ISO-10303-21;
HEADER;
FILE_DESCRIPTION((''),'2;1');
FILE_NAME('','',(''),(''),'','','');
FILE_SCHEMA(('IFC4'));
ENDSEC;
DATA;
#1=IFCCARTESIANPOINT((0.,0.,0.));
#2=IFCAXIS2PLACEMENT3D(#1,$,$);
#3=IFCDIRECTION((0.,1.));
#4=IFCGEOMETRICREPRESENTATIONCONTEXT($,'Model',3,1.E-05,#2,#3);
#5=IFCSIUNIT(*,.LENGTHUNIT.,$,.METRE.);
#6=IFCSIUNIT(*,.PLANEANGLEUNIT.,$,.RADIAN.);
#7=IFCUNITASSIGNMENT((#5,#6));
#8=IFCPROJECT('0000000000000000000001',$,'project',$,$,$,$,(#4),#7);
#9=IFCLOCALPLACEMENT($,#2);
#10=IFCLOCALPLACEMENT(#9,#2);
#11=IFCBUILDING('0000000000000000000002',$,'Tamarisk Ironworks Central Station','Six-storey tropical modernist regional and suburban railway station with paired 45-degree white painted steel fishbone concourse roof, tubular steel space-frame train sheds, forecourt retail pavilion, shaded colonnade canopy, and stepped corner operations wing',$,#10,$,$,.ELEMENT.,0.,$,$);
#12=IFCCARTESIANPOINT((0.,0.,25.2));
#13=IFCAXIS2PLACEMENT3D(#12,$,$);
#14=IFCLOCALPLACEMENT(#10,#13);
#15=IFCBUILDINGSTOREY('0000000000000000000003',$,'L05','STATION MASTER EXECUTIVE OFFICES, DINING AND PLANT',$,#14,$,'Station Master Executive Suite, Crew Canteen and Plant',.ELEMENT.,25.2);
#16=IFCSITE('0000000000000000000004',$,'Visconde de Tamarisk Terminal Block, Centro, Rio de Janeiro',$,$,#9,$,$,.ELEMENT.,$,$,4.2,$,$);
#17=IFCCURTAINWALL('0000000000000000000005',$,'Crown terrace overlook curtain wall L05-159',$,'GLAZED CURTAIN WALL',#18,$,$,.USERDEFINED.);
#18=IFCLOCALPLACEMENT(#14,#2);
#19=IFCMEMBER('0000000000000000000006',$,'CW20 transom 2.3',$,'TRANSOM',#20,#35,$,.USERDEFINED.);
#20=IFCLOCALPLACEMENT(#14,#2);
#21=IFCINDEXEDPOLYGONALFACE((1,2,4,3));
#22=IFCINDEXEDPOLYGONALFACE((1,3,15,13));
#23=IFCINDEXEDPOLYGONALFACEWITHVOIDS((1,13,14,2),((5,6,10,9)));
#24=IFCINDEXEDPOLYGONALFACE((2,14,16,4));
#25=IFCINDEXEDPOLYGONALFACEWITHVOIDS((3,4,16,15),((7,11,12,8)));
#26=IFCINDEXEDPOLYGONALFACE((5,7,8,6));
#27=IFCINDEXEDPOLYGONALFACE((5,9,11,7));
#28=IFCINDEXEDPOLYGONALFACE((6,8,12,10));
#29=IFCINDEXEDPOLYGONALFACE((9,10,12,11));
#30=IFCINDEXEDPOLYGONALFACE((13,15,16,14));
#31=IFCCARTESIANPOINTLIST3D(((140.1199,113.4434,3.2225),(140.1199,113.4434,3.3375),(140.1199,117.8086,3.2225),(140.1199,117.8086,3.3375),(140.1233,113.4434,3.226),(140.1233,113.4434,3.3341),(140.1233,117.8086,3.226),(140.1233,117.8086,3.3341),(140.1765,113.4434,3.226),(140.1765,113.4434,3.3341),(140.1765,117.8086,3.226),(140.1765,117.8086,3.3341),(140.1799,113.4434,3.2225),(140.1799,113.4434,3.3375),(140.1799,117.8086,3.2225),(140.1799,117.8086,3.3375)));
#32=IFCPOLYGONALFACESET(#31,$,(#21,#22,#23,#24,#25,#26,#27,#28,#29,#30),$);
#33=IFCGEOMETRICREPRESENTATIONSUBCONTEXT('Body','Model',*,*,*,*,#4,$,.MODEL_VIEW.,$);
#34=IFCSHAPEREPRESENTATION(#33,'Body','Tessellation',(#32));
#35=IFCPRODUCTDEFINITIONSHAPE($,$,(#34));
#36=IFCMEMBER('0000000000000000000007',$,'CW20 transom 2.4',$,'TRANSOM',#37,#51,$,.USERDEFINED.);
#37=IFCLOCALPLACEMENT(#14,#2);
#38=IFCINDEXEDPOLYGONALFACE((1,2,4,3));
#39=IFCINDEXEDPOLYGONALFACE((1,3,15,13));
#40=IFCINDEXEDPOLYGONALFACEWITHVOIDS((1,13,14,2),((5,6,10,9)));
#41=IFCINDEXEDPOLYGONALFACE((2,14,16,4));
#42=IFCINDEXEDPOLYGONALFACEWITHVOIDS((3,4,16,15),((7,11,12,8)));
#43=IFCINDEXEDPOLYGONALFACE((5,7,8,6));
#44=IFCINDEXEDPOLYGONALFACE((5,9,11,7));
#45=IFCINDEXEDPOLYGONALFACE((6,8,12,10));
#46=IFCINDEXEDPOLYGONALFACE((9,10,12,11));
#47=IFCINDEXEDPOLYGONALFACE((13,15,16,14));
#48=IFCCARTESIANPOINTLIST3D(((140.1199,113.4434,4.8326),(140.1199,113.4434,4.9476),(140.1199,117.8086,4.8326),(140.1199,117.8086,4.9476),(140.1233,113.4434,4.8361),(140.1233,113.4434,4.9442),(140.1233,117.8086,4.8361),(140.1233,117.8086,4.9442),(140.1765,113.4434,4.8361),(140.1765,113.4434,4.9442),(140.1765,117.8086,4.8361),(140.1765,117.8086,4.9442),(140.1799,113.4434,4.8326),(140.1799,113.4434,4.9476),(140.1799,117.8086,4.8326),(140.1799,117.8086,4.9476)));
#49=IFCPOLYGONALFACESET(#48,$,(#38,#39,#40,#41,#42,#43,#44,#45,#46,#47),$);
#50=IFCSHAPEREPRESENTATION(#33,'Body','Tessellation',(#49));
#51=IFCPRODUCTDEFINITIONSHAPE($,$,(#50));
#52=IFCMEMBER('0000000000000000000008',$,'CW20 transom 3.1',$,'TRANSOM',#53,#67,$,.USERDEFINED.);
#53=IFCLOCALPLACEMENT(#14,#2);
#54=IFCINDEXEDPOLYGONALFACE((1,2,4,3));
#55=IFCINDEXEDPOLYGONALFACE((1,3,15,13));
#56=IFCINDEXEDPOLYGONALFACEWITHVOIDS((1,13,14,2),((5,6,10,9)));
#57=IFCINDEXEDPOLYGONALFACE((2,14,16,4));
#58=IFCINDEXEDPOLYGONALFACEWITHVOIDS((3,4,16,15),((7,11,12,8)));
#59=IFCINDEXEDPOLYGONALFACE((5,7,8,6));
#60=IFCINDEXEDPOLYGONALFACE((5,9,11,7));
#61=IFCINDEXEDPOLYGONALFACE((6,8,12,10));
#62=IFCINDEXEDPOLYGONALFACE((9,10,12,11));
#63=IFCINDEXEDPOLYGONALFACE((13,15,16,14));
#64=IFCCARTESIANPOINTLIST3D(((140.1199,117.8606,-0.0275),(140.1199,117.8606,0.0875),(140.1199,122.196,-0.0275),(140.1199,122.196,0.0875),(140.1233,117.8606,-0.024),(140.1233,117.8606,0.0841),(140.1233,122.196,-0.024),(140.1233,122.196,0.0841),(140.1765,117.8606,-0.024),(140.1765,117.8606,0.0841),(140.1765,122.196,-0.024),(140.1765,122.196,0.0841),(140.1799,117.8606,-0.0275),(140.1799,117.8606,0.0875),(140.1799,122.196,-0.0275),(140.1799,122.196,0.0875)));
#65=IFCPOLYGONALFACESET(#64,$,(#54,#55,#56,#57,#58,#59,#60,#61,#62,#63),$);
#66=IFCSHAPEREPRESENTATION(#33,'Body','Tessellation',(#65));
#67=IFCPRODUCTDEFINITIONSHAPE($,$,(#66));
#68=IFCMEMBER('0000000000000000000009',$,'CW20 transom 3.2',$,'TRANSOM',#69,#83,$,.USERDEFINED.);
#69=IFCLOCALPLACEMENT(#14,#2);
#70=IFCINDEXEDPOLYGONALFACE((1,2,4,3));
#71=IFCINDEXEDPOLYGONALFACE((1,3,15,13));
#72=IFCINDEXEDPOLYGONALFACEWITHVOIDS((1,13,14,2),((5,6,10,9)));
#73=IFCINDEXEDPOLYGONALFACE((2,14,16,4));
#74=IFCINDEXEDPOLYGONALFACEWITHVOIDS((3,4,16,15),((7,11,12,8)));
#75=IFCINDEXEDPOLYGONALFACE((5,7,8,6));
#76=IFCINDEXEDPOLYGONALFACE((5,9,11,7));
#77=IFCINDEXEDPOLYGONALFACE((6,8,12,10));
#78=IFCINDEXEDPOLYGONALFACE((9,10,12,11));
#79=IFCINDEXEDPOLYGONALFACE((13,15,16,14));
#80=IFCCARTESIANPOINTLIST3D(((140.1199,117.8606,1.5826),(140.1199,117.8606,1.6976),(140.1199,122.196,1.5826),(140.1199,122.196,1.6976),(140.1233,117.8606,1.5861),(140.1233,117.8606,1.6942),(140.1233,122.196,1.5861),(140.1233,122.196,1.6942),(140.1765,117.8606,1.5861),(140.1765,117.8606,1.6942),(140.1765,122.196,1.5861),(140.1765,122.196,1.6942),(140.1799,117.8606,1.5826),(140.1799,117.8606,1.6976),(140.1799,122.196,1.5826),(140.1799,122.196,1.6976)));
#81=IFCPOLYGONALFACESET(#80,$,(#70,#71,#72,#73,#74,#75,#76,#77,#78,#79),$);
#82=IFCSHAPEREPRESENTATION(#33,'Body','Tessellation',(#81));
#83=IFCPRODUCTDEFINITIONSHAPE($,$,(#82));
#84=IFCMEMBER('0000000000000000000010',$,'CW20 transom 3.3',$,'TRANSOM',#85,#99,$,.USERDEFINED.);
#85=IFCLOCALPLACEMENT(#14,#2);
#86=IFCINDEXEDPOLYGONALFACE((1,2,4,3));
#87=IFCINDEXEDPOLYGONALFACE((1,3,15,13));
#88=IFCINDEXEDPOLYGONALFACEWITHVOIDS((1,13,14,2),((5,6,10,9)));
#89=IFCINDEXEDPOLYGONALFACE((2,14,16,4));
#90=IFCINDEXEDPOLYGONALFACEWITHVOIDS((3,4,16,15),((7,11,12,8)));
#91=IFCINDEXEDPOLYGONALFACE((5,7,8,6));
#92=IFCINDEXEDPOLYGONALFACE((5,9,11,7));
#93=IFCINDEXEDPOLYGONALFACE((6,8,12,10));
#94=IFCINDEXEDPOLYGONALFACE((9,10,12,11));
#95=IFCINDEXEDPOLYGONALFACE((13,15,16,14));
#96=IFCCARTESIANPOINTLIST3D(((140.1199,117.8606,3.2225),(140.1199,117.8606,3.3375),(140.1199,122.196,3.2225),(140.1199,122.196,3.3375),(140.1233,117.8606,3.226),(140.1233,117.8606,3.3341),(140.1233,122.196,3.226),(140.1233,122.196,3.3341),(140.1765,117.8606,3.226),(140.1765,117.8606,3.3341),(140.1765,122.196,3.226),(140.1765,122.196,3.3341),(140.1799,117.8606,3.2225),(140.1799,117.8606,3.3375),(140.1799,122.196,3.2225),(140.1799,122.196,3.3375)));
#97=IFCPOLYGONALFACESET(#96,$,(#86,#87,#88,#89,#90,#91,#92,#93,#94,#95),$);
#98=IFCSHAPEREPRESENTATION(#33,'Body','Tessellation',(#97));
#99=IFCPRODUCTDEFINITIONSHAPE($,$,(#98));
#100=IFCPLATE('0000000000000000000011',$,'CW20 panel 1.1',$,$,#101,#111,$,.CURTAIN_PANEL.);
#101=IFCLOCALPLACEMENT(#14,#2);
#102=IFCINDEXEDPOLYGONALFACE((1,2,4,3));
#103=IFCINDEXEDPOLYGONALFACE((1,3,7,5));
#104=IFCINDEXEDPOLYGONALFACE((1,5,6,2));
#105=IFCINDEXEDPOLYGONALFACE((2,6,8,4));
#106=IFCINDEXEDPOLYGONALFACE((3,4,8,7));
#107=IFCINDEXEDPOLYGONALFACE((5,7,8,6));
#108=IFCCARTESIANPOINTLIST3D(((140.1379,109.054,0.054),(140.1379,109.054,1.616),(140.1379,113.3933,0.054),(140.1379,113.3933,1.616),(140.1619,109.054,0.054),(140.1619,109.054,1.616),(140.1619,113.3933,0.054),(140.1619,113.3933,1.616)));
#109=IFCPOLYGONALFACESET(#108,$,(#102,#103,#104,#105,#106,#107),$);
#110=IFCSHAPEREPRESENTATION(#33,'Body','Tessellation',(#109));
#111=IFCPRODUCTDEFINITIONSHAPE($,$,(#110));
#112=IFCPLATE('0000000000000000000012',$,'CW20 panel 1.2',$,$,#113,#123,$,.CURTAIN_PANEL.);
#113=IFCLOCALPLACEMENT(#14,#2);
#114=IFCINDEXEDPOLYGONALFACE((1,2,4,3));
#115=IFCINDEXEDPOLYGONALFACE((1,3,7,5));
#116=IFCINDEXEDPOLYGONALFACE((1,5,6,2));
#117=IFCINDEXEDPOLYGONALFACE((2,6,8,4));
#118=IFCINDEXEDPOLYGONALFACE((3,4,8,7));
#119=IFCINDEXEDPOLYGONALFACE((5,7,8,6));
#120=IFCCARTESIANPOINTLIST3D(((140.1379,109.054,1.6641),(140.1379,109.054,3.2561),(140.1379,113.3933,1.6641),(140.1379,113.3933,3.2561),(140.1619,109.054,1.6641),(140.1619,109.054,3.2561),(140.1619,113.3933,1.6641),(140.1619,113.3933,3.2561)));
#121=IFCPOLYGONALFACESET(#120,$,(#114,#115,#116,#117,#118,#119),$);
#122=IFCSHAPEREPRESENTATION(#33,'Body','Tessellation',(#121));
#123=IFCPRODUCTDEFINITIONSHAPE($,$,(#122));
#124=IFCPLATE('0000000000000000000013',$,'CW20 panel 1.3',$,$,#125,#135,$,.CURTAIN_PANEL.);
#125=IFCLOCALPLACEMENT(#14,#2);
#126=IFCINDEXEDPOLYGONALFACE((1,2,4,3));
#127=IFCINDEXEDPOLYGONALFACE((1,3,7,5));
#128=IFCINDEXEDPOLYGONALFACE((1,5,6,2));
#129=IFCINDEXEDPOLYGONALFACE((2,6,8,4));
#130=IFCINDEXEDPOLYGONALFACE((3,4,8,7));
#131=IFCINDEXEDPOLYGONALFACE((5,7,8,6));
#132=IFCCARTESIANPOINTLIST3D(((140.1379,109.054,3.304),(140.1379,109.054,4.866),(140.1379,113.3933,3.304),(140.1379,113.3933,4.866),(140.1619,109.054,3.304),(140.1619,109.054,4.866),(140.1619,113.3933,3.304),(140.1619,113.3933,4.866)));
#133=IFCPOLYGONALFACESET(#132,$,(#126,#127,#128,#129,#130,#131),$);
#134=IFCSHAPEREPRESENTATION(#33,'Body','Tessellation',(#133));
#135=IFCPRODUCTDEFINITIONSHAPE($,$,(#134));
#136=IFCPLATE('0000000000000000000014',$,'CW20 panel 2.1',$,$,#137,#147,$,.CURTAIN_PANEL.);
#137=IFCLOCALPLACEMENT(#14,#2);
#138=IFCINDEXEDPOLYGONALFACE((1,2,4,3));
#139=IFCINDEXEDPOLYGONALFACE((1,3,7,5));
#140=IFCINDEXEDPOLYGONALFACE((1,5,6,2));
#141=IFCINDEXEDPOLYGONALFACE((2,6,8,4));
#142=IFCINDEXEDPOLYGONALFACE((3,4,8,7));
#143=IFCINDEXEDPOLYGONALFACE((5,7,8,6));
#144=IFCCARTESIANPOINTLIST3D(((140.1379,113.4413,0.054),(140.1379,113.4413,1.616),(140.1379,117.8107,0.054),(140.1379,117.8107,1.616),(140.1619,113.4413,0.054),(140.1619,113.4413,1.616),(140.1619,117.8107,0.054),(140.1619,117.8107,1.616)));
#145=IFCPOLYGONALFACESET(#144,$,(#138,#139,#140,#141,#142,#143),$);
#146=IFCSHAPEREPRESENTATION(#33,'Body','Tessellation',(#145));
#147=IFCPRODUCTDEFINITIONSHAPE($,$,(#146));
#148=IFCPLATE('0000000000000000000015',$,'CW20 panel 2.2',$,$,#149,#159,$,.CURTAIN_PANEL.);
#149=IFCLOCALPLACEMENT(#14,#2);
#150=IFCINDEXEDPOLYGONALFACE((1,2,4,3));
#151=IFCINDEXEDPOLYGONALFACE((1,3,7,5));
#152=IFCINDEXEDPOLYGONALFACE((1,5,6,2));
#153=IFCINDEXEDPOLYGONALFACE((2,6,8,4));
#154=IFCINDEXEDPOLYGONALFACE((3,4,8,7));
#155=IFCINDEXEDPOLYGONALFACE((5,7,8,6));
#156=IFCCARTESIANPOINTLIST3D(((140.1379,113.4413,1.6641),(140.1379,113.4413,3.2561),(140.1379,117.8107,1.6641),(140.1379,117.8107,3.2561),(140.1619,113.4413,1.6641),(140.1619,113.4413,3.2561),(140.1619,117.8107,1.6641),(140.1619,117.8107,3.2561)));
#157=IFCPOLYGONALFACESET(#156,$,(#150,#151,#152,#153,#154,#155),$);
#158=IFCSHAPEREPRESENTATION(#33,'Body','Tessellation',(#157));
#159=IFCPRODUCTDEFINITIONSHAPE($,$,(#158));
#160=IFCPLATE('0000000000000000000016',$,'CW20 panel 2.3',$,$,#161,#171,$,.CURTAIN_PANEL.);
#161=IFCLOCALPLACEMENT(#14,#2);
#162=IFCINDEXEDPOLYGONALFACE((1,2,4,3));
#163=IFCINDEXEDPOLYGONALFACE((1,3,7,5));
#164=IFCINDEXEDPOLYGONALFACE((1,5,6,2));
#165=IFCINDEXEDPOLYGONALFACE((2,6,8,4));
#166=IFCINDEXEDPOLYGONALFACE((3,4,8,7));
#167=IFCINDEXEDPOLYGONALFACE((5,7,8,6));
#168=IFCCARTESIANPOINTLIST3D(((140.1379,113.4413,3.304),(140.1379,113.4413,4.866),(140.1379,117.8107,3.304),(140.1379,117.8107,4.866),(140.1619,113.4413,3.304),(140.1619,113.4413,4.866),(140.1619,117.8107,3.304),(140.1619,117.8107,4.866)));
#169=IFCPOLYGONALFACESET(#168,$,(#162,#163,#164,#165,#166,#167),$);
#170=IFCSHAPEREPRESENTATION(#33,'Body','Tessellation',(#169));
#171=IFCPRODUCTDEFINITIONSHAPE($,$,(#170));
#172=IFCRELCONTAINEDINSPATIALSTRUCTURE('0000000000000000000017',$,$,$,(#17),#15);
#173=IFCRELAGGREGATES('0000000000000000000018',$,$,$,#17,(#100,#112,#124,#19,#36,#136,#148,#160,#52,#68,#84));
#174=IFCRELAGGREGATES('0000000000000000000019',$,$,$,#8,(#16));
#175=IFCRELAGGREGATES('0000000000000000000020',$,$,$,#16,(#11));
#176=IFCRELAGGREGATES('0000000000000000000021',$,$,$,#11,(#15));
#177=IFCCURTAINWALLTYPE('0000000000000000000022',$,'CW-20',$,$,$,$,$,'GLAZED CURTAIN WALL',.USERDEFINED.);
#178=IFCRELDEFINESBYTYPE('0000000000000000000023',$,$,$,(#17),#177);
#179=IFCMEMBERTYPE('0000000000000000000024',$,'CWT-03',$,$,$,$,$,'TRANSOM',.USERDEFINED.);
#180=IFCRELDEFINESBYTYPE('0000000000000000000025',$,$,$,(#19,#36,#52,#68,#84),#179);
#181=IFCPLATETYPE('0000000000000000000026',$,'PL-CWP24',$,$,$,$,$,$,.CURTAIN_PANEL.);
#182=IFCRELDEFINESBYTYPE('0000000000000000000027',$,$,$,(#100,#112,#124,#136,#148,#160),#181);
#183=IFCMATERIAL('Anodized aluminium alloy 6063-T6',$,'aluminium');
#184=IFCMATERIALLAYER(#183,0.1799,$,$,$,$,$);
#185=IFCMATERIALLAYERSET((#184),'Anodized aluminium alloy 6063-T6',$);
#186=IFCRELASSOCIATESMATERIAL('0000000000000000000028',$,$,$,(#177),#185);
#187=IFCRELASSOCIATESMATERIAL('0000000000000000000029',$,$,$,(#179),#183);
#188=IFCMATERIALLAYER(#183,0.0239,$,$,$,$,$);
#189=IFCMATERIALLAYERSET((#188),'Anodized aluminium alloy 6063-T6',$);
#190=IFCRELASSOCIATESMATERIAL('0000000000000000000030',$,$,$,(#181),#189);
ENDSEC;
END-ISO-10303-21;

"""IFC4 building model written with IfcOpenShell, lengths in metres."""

from ifc_helpers import new_model, si_unit, direction, frame, origin, origin_2d, place, context, subcontext, project, spatial, rectangle, hollow_rectangle, extrude, material, layer, layer_set, material_profile, profile_set, type_object, element, aggregate, save


model = new_model("IFC4")

# Units and contexts
model_context = context("Model", 3, precision=1e-05, world=origin(), true_north=direction((0.0, 1.0)))
body_context = subcontext(model_context, "Body", "Model", "MODEL_VIEW")
ifc_project = project(units=[si_unit("LENGTHUNIT", "METRE"), si_unit("PLANEANGLEUNIT", "RADIAN")], contexts=[model_context])

# Site, building, storey
site_placement = place(None, origin())
site = spatial("IfcSite", under=ifc_project, at=site_placement, Name="Visconde de Tamarisk Terminal Block, Centro, Rio de Janeiro", CompositionType="ELEMENT", RefElevation=4.2)
building_placement = place(site_placement, origin())
building = spatial("IfcBuilding", under=site, at=building_placement, Name="Tamarisk Ironworks Central Station", Description="Six-storey tropical modernist regional and suburban railway station with paired 45-degree white painted steel fishbone concourse roof, tubular steel space-frame train sheds, forecourt retail pavilion, shaded colonnade canopy, and stepped corner operations wing", CompositionType="ELEMENT", ElevationOfRefHeight=0.0)
storey_placement = place(building_placement, frame((0.0, 0.0, 25.2)))
storey = spatial("IfcBuildingStorey", under=building, at=storey_placement, Name="L05", Description="STATION MASTER EXECUTIVE OFFICES, DINING AND PLANT", LongName="Station Master Executive Suite, Crew Canteen and Plant", CompositionType="ELEMENT", Elevation=25.2)

# Shared definitions
ifc_material = material(Name="Anodized aluminium alloy 6063-T6", Category="aluminium")
ifc_layer_1 = layer(ifc_material, 0.1799)
ifc_layer_set_1 = layer_set([ifc_layer_1], Name="Anodized aluminium alloy 6063-T6")
curtain_wall_type = type_object("IfcCurtainWallType", Name="CW-20", ElementType="GLAZED CURTAIN WALL", PredefinedType="USERDEFINED", material=ifc_layer_set_1)

# Curtain wall, members, plates
curtain_wall_1_placement = place(storey_placement, origin())
curtain_wall_1 = element("IfcCurtainWall", 1, at=curtain_wall_1_placement, inside=storey, type_object=curtain_wall_type, Name="Crown terrace overlook curtain wall L05-159", ObjectType="GLAZED CURTAIN WALL", PredefinedType="USERDEFINED")
ifc_material_profile_1 = material_profile(ifc_material, hollow_rectangle(XDim=0.0601, YDim=0.115, WallThickness=0.0034, at=origin_2d()), Name="ALUM 115x60")
ifc_profile_set_1 = profile_set([ifc_material_profile_1], Name="Anodized aluminium alloy 6063-T6")
member_type_1 = type_object("IfcMemberType", Name="CWT-03", ElementType="TRANSOM", PredefinedType="USERDEFINED", material=ifc_profile_set_1)
member_1_placement = place(storey_placement, frame((140.1499, 113.4434, 3.28), z_axis=(0.0, 1.0, 0.0), x_axis=(-1.0, 0.0, 0.0)))
member_1 = element("IfcMember", 2, at=member_1_placement, type_object=member_type_1, Name="CW20 transom 2.3", ObjectType="TRANSOM", PredefinedType="USERDEFINED", context=body_context, shape_type="SweptSolid", body=[
    extrude(hollow_rectangle(XDim=0.0601, YDim=0.115, WallThickness=0.0034, at=origin_2d()), origin(), (0.0, 0.0, 1.0), 4.3652),
])
member_2_placement = place(storey_placement, frame((140.1499, 113.4434, 4.8901), z_axis=(0.0, 1.0, 0.0), x_axis=(-1.0, 0.0, 0.0)))
member_2 = element("IfcMember", 3, at=member_2_placement, type_object=member_type_1, Name="CW20 transom 2.4", ObjectType="TRANSOM", PredefinedType="USERDEFINED", context=body_context, shape_type="SweptSolid", body=[
    extrude(hollow_rectangle(XDim=0.0601, YDim=0.115, WallThickness=0.0034, at=origin_2d()), origin(), (0.0, 0.0, 1.0), 4.3652),
])
member_3_placement = place(storey_placement, frame((140.1499, 117.8606, 0.03), z_axis=(0.0, 1.0, 0.0), x_axis=(-1.0, 0.0, 0.0)))
member_3 = element("IfcMember", 4, at=member_3_placement, type_object=member_type_1, Name="CW20 transom 3.1", ObjectType="TRANSOM", PredefinedType="USERDEFINED", context=body_context, shape_type="SweptSolid", body=[
    extrude(hollow_rectangle(XDim=0.0601, YDim=0.115, WallThickness=0.0034, at=origin_2d()), origin(), (0.0, 0.0, 1.0), 4.3354),
])
member_4_placement = place(storey_placement, frame((140.1499, 117.8606, 1.6401), z_axis=(0.0, 1.0, 0.0), x_axis=(-1.0, 0.0, 0.0)))
member_4 = element("IfcMember", 5, at=member_4_placement, type_object=member_type_1, Name="CW20 transom 3.2", ObjectType="TRANSOM", PredefinedType="USERDEFINED", context=body_context, shape_type="SweptSolid", body=[
    extrude(hollow_rectangle(XDim=0.0601, YDim=0.115, WallThickness=0.0034, at=origin_2d()), origin(), (0.0, 0.0, 1.0), 4.3354),
])
member_5_placement = place(storey_placement, frame((140.1499, 117.8606, 3.28), z_axis=(0.0, 1.0, 0.0), x_axis=(-1.0, 0.0, 0.0)))
member_5 = element("IfcMember", 6, at=member_5_placement, type_object=member_type_1, Name="CW20 transom 3.3", ObjectType="TRANSOM", PredefinedType="USERDEFINED", context=body_context, shape_type="SweptSolid", body=[
    extrude(hollow_rectangle(XDim=0.0601, YDim=0.115, WallThickness=0.0034, at=origin_2d()), origin(), (0.0, 0.0, 1.0), 4.3354),
])
ifc_layer_2 = layer(ifc_material, 0.0239)
ifc_layer_set_2 = layer_set([ifc_layer_2], Name="Anodized aluminium alloy 6063-T6")
plate_type = type_object("IfcPlateType", Name="PL-CWP24", PredefinedType="CURTAIN_PANEL", material=ifc_layer_set_2)
plate_1_placement = place(storey_placement, frame((140.1499, 111.2236, 0.054), z_axis=(0.0, 0.0, 1.0), x_axis=(0.0, 1.0, 0.0)))
plate_1 = element("IfcPlate", 7, at=plate_1_placement, type_object=plate_type, Name="CW20 panel 1.1", PredefinedType="CURTAIN_PANEL", context=body_context, shape_type="SweptSolid", body=[
    extrude(rectangle(XDim=4.3394, YDim=0.0239, at=origin_2d()), origin(), (0.0, 0.0, 1.0), 1.562),
])
plate_2_placement = place(storey_placement, frame((140.1499, 111.2236, 1.6641), z_axis=(0.0, 0.0, 1.0), x_axis=(0.0, 1.0, 0.0)))
plate_2 = element("IfcPlate", 8, at=plate_2_placement, type_object=plate_type, Name="CW20 panel 1.2", PredefinedType="CURTAIN_PANEL", context=body_context, shape_type="SweptSolid", body=[
    extrude(rectangle(XDim=4.3394, YDim=0.0239, at=origin_2d()), origin(), (0.0, 0.0, 1.0), 1.592),
])
plate_3_placement = place(storey_placement, frame((140.1499, 111.2236, 3.304), z_axis=(0.0, 0.0, 1.0), x_axis=(0.0, 1.0, 0.0)))
plate_3 = element("IfcPlate", 9, at=plate_3_placement, type_object=plate_type, Name="CW20 panel 1.3", PredefinedType="CURTAIN_PANEL", context=body_context, shape_type="SweptSolid", body=[
    extrude(rectangle(XDim=4.3394, YDim=0.0239, at=origin_2d()), origin(), (0.0, 0.0, 1.0), 1.562),
])
plate_4_placement = place(storey_placement, frame((140.1499, 115.626, 0.054), z_axis=(0.0, 0.0, 1.0), x_axis=(0.0, 1.0, 0.0)))
plate_4 = element("IfcPlate", 10, at=plate_4_placement, type_object=plate_type, Name="CW20 panel 2.1", PredefinedType="CURTAIN_PANEL", context=body_context, shape_type="SweptSolid", body=[
    extrude(rectangle(XDim=4.3694, YDim=0.0239, at=origin_2d()), origin(), (0.0, 0.0, 1.0), 1.562),
])
plate_5_placement = place(storey_placement, frame((140.1499, 115.626, 1.6641), z_axis=(0.0, 0.0, 1.0), x_axis=(0.0, 1.0, 0.0)))
plate_5 = element("IfcPlate", 11, at=plate_5_placement, type_object=plate_type, Name="CW20 panel 2.2", PredefinedType="CURTAIN_PANEL", context=body_context, shape_type="SweptSolid", body=[
    extrude(rectangle(XDim=4.3694, YDim=0.0239, at=origin_2d()), origin(), (0.0, 0.0, 1.0), 1.592),
])
plate_6_placement = place(storey_placement, frame((140.1499, 115.626, 3.304), z_axis=(0.0, 0.0, 1.0), x_axis=(0.0, 1.0, 0.0)))
plate_6 = element("IfcPlate", 12, at=plate_6_placement, type_object=plate_type, Name="CW20 panel 2.3", PredefinedType="CURTAIN_PANEL", context=body_context, shape_type="SweptSolid", body=[
    extrude(rectangle(XDim=4.3694, YDim=0.0239, at=origin_2d()), origin(), (0.0, 0.0, 1.0), 1.562),
])
aggregate(curtain_wall_1, [plate_1, plate_2, plate_3, member_1, member_2, plate_4, plate_5, plate_6, member_3, member_4, member_5])

save(model, "model.ifc")
